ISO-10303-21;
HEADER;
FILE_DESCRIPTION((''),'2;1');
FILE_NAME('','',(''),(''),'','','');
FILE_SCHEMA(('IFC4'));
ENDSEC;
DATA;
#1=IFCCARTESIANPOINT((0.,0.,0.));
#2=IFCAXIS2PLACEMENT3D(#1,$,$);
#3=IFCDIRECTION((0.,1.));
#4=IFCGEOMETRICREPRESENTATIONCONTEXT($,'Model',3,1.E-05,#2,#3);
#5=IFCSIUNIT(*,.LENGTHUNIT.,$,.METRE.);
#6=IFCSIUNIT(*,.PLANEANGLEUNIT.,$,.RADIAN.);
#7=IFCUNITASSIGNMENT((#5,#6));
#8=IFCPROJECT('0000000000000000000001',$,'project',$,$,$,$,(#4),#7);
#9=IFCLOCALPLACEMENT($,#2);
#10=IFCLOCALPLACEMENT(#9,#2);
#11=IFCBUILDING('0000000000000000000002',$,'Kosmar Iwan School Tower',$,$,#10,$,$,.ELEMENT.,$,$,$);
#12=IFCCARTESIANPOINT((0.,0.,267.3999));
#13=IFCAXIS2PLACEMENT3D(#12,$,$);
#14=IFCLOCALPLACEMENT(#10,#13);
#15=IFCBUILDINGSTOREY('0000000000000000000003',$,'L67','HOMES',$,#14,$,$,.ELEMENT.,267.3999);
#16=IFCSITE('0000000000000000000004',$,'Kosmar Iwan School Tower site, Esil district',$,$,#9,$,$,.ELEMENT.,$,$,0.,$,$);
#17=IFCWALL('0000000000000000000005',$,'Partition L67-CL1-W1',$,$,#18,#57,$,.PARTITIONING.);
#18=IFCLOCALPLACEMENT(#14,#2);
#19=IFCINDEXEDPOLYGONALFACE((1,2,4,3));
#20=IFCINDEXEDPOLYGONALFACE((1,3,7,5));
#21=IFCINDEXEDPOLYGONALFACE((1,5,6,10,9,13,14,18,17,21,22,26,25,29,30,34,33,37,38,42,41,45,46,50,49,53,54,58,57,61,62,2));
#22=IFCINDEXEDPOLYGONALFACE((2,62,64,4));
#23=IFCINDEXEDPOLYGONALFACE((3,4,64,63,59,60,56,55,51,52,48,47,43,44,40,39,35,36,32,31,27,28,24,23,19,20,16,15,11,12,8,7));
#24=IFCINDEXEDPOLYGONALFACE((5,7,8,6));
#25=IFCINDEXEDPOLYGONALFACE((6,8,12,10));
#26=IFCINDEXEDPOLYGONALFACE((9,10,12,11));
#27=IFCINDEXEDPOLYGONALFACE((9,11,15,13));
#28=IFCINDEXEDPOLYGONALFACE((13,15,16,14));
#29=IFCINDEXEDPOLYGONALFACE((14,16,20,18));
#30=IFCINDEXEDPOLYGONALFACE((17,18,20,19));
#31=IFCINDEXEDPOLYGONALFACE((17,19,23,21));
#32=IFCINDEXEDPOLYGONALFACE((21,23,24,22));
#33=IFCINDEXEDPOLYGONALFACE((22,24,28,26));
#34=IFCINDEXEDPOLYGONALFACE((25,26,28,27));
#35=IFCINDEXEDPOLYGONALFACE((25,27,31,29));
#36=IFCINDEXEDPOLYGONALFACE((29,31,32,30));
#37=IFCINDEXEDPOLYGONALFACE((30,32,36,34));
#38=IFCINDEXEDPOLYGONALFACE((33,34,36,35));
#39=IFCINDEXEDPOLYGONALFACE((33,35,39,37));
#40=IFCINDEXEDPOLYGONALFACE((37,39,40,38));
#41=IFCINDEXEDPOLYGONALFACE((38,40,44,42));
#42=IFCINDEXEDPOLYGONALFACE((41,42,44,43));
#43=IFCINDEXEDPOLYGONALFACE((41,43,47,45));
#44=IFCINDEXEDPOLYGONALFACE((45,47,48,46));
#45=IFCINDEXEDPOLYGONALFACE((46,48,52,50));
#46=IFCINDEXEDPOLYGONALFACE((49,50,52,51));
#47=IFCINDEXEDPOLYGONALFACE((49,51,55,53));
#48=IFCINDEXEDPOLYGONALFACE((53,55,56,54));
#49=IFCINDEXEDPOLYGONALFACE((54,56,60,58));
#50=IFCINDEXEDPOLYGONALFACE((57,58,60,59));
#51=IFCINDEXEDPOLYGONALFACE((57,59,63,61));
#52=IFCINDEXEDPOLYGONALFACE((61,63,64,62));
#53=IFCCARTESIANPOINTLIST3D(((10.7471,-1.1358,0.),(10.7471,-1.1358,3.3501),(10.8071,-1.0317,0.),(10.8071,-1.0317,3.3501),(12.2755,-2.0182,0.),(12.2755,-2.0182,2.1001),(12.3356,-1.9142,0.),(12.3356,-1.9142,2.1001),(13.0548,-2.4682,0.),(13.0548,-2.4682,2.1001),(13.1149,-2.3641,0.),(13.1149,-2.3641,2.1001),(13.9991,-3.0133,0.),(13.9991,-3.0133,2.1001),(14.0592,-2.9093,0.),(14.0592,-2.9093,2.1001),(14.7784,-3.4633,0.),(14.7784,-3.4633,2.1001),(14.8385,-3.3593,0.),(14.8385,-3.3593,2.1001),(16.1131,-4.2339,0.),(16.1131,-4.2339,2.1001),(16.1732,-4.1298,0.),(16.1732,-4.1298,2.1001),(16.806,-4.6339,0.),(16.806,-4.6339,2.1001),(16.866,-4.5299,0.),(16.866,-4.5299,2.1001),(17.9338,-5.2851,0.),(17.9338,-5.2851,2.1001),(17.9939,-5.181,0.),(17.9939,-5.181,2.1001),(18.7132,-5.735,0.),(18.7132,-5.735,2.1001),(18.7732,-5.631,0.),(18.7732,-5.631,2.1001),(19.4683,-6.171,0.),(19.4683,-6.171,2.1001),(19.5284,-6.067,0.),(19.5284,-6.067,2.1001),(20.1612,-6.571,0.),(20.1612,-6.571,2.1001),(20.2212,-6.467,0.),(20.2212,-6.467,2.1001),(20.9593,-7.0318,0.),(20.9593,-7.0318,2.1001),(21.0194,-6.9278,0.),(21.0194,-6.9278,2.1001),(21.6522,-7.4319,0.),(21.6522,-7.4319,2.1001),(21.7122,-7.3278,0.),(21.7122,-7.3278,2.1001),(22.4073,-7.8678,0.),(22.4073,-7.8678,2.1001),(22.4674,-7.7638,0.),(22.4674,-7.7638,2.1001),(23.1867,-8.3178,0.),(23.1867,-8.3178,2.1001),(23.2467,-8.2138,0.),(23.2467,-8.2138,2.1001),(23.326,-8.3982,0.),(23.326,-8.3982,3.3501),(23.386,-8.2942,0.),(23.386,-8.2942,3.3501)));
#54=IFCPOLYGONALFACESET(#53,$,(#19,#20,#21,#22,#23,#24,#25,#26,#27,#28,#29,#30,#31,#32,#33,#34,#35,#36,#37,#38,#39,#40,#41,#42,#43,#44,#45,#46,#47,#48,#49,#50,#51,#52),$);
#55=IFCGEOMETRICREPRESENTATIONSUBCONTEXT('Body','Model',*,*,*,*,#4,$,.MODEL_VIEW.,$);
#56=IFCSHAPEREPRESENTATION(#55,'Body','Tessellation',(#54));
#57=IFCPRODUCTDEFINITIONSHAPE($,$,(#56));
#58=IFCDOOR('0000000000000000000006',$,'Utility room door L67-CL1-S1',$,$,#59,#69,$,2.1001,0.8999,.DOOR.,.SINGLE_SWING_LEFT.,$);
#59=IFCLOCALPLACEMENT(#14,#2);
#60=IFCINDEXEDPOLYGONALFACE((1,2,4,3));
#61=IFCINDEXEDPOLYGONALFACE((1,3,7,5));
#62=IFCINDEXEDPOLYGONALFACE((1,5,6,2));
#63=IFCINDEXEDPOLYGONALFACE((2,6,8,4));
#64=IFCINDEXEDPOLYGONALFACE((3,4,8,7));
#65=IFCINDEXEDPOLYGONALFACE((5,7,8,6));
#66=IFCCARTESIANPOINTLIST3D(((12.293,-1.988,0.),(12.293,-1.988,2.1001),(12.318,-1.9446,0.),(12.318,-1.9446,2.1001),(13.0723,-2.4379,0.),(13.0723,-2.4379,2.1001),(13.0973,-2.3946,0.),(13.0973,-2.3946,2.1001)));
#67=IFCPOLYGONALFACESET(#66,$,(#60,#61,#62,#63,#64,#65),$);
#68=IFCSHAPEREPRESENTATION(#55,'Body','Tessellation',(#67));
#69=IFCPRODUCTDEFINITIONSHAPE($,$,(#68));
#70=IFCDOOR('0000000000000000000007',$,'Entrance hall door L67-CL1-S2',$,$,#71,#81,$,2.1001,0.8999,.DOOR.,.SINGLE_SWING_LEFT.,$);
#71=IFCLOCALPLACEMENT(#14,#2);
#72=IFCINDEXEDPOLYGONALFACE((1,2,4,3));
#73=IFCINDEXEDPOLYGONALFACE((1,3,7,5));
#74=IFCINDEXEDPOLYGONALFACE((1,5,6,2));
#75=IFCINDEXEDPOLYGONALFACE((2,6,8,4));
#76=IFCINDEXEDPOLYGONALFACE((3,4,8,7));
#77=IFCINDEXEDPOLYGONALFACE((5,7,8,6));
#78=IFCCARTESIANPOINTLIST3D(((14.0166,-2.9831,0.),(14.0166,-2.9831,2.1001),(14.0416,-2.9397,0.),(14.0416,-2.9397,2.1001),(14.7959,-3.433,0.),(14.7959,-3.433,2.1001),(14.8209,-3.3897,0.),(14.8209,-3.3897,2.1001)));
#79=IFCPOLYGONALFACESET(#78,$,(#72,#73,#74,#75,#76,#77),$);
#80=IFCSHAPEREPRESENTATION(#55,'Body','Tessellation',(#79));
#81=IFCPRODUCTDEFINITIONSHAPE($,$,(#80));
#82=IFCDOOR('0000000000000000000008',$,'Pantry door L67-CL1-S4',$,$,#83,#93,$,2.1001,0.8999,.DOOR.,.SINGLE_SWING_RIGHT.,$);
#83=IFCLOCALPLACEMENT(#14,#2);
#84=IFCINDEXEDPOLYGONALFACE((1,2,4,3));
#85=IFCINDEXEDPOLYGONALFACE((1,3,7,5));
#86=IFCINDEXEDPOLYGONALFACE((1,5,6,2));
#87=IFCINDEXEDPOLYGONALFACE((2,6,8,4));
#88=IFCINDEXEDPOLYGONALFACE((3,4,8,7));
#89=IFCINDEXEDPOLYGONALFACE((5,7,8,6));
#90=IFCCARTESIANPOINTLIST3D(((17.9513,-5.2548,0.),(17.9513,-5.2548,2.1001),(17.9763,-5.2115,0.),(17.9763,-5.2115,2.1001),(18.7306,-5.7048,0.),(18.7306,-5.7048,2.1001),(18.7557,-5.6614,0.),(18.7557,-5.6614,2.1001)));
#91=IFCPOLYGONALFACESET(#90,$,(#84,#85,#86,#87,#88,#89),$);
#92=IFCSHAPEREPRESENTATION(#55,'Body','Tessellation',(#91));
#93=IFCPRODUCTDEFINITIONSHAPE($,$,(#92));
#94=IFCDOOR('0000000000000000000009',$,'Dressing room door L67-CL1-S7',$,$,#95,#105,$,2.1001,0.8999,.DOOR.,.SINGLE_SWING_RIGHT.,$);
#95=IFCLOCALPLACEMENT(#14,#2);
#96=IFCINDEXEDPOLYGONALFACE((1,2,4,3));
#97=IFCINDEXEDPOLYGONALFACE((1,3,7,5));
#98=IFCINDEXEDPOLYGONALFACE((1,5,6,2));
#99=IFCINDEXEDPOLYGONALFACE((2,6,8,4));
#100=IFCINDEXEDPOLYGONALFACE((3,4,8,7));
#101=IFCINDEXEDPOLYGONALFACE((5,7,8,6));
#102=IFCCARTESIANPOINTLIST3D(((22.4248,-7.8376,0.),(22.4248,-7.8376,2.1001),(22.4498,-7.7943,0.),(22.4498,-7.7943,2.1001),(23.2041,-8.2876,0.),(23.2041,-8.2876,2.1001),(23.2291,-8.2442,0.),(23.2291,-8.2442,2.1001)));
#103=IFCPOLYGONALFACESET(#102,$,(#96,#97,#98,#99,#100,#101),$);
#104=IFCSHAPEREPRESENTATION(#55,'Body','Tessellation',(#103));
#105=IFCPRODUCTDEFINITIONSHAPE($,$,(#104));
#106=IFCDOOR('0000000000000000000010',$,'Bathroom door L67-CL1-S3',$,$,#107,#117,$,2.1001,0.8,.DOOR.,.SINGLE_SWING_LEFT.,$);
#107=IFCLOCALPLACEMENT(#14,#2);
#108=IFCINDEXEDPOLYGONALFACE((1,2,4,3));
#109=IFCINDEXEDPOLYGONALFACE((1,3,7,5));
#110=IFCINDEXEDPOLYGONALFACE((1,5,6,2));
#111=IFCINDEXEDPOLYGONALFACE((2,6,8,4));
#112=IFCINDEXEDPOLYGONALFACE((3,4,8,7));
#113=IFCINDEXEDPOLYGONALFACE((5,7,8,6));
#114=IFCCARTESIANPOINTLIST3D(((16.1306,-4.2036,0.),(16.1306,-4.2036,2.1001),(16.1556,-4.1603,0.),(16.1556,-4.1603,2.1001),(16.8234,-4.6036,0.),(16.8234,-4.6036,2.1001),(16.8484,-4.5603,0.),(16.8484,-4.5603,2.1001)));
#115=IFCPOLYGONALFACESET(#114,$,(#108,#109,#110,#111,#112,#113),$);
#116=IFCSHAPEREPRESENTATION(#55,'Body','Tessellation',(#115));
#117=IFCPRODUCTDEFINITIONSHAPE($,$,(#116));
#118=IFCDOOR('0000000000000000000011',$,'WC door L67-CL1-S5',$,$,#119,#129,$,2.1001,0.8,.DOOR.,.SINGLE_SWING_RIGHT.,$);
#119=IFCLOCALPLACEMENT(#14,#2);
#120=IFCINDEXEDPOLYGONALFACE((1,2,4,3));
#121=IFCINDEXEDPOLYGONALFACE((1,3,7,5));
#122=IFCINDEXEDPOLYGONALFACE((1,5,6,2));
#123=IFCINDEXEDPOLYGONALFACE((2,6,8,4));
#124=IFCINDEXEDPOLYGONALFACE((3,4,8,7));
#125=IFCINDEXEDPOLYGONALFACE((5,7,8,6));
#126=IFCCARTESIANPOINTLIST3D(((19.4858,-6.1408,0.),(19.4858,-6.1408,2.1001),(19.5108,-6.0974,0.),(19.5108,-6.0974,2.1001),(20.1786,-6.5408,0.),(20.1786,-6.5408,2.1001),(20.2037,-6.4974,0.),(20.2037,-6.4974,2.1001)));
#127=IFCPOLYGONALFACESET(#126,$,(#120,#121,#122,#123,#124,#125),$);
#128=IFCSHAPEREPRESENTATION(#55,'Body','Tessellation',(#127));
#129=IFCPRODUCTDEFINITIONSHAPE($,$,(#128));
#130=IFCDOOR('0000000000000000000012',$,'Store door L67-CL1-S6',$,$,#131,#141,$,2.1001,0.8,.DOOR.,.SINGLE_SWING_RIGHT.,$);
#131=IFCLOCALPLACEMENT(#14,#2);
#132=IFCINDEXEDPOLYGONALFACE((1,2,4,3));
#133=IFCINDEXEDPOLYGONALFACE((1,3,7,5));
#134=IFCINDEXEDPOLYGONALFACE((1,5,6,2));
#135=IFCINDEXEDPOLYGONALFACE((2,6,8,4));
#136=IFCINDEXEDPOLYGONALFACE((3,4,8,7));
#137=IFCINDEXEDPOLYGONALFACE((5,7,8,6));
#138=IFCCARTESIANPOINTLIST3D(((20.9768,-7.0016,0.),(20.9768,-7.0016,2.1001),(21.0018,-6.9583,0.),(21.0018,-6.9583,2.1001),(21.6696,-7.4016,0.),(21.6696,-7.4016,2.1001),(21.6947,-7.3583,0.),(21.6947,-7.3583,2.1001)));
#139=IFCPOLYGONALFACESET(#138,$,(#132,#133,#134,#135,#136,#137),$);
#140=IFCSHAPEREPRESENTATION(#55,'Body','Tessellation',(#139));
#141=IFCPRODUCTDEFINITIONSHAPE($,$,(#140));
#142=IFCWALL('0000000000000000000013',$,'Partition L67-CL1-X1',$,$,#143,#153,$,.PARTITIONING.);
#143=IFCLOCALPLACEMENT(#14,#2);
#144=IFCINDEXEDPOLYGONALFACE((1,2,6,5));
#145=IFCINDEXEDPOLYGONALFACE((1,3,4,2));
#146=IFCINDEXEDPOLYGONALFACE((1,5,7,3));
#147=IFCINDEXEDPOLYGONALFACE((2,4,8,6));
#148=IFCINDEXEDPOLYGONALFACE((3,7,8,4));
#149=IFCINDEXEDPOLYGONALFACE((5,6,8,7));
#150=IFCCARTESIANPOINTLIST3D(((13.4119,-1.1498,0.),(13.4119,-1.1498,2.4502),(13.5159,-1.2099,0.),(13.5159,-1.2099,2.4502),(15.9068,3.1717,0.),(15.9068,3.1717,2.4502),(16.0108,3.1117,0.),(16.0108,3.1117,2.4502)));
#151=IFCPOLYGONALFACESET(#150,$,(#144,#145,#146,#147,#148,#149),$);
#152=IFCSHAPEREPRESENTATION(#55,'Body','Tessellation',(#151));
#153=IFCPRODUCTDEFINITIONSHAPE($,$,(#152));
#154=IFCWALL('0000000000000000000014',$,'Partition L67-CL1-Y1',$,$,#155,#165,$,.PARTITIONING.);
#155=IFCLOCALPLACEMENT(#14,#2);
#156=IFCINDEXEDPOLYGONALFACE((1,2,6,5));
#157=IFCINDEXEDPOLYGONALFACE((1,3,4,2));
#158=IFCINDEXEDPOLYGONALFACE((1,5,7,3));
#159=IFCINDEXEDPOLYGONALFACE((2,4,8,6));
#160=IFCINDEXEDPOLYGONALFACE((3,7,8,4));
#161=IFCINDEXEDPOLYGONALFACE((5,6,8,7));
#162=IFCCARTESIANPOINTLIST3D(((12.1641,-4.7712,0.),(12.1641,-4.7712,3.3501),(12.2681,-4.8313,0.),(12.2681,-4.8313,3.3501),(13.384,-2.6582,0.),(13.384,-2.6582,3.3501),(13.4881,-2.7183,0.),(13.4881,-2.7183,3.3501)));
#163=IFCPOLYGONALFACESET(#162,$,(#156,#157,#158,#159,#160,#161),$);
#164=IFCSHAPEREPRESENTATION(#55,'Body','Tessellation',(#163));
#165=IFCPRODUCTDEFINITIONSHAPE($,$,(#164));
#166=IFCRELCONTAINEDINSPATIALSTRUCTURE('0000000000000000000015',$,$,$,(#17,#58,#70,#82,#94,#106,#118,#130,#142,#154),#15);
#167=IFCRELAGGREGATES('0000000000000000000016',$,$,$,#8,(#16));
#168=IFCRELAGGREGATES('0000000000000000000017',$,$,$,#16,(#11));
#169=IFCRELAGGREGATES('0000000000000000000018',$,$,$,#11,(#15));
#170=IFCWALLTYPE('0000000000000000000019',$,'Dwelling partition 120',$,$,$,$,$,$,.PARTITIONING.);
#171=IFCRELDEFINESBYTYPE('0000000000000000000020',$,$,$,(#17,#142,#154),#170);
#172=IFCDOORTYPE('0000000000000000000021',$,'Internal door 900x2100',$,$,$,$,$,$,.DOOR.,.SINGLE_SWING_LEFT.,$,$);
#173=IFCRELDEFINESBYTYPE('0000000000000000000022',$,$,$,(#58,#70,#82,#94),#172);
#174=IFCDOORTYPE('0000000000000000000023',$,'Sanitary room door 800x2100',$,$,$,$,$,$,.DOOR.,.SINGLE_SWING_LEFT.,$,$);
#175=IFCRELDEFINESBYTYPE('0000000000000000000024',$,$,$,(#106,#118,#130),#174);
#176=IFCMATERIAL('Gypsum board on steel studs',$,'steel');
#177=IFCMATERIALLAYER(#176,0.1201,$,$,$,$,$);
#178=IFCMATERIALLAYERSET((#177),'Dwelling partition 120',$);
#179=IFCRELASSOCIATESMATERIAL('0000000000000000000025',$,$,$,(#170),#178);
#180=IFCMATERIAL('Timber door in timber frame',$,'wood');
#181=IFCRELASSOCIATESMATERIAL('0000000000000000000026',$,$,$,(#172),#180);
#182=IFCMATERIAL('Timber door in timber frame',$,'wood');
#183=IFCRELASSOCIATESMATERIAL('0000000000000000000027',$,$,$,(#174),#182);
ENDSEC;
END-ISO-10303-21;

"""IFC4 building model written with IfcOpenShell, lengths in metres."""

from ifc_helpers import new_model, si_unit, direction, frame, frame_2d, origin, place, context, subcontext, project, spatial, rectangle, extrude, material, layer, layer_set, type_object, element, fill, save


model = new_model("IFC4")

# Units and contexts
model_context = context("Model", 3, precision=1e-05, world=origin(), true_north=direction((0.0, 1.0)))
body_context = subcontext(model_context, "Body", "Model", "MODEL_VIEW")
ifc_project = project(units=[si_unit("LENGTHUNIT", "METRE"), si_unit("PLANEANGLEUNIT", "RADIAN")], contexts=[model_context])

# Site, building, storey
site_placement = place(None, origin())
site = spatial("IfcSite", under=ifc_project, at=site_placement, Name="Kosmar Iwan School Tower site, Esil district", CompositionType="ELEMENT", RefElevation=0.0)
building_placement = place(site_placement, origin())
building = spatial("IfcBuilding", under=site, at=building_placement, Name="Kosmar Iwan School Tower", CompositionType="ELEMENT")
storey_placement = place(building_placement, frame((0.0, 0.0, 267.3999)))
storey = spatial("IfcBuildingStorey", under=building, at=storey_placement, Name="L67", Description="HOMES", CompositionType="ELEMENT", Elevation=267.3999)

# Wall, openings, doors
ifc_material_1 = material(Name="Gypsum board on steel studs", Category="steel")
ifc_layer_1 = layer(ifc_material_1, 0.1201)
ifc_layer_set_1 = layer_set([ifc_layer_1], Name="Dwelling partition 120")
wall_type_1 = type_object("IfcWallType", Name="Dwelling partition 120", PredefinedType="PARTITIONING", material=ifc_layer_set_1)
wall_1_placement = place(storey_placement, frame((10.7771, -1.0837, 0.0), z_axis=(0.0, 0.0, 1.0), x_axis=(0.866024, -0.500002, 0.0)))
wall_1 = element("IfcWall", 1, at=wall_1_placement, inside=storey, type_object=wall_type_1, Name="Partition L67-CL1-W1", PredefinedType="PARTITIONING", context=body_context, shape_type="SweptSolid", body=[
    extrude(rectangle(XDim=14.5249, YDim=0.1201, at=frame_2d((7.2625, 0.0))), origin(), (0.0, 0.0, 1.0), 3.3501),
])
opening_1_placement = place(wall_1_placement, frame((1.7649, 0.0, 0.0)))
opening_1 = element("IfcOpeningElement", 2, at=opening_1_placement, cuts=wall_1, PredefinedType="OPENING", context=body_context, shape_type="SweptSolid", body=[
    extrude(rectangle(XDim=0.8999, YDim=2.1001, at=frame_2d((0.45, 1.05))), frame((0.0, 0.072, 0.0), z_axis=(0.0, -1.0, 0.0), x_axis=(1.0, 0.0, 0.0)), (0.0, 0.0, 1.0), 0.144),
])
opening_2_placement = place(wall_1_placement, frame((3.7551, 0.0, 0.0)))
opening_2 = element("IfcOpeningElement", 3, at=opening_2_placement, cuts=wall_1, PredefinedType="OPENING", context=body_context, shape_type="SweptSolid", body=[
    extrude(rectangle(XDim=0.8999, YDim=2.1001, at=frame_2d((0.45, 1.05))), frame((0.0, 0.072, 0.0), z_axis=(0.0, -1.0, 0.0), x_axis=(1.0, 0.0, 0.0)), (0.0, 0.0, 1.0), 0.144),
])
opening_3_placement = place(wall_1_placement, frame((6.1963, 0.0, 0.0)))
opening_3 = element("IfcOpeningElement", 4, at=opening_3_placement, cuts=wall_1, PredefinedType="OPENING", context=body_context, shape_type="SweptSolid", body=[
    extrude(rectangle(XDim=0.8, YDim=2.1001, at=frame_2d((0.3999, 1.05))), frame((0.0, 0.072, 0.0), z_axis=(0.0, -1.0, 0.0), x_axis=(1.0, 0.0, 0.0)), (0.0, 0.0, 1.0), 0.144),
])
opening_4_placement = place(wall_1_placement, frame((8.2986, 0.0, 0.0)))
opening_4 = element("IfcOpeningElement", 5, at=opening_4_placement, cuts=wall_1, PredefinedType="OPENING", context=body_context, shape_type="SweptSolid", body=[
    extrude(rectangle(XDim=0.8999, YDim=2.1001, at=frame_2d((0.45, 1.05))), frame((0.0, 0.072, 0.0), z_axis=(0.0, -1.0, 0.0), x_axis=(1.0, 0.0, 0.0)), (0.0, 0.0, 1.0), 0.144),
])
opening_5_placement = place(wall_1_placement, frame((10.0706, 0.0, 0.0)))
opening_5 = element("IfcOpeningElement", 6, at=opening_5_placement, cuts=wall_1, PredefinedType="OPENING", context=body_context, shape_type="SweptSolid", body=[
    extrude(rectangle(XDim=0.8, YDim=2.1001, at=frame_2d((0.3999, 1.05))), frame((0.0, 0.072, 0.0), z_axis=(0.0, -1.0, 0.0), x_axis=(1.0, 0.0, 0.0)), (0.0, 0.0, 1.0), 0.144),
])
opening_6_placement = place(wall_1_placement, frame((11.7922, 0.0, 0.0)))
opening_6 = element("IfcOpeningElement", 7, at=opening_6_placement, cuts=wall_1, PredefinedType="OPENING", context=body_context, shape_type="SweptSolid", body=[
    extrude(rectangle(XDim=0.8, YDim=2.1001, at=frame_2d((0.3999, 1.05))), frame((0.0, 0.072, 0.0), z_axis=(0.0, -1.0, 0.0), x_axis=(1.0, 0.0, 0.0)), (0.0, 0.0, 1.0), 0.144),
])
opening_7_placement = place(wall_1_placement, frame((13.4641, 0.0, 0.0)))
opening_7 = element("IfcOpeningElement", 8, at=opening_7_placement, cuts=wall_1, PredefinedType="OPENING", context=body_context, shape_type="SweptSolid", body=[
    extrude(rectangle(XDim=0.8999, YDim=2.1001, at=frame_2d((0.45, 1.05))), frame((0.0, 0.072, 0.0), z_axis=(0.0, -1.0, 0.0), x_axis=(1.0, 0.0, 0.0)), (0.0, 0.0, 1.0), 0.144),
])
ifc_material_2 = material(Name="Timber door in timber frame", Category="wood")
door_type_1 = type_object("IfcDoorType", Name="Internal door 900x2100", OperationType="SINGLE_SWING_LEFT", PredefinedType="DOOR", material=ifc_material_2)
door_1_placement = place(opening_1_placement, origin())
door_1 = element("IfcDoor", 9, at=door_1_placement, inside=storey, type_object=door_type_1, Name="Utility room door L67-CL1-S1", OperationType="SINGLE_SWING_LEFT", OverallHeight=2.1001, OverallWidth=0.8999, PredefinedType="DOOR", context=body_context, shape_type="SweptSolid", body=[
    extrude(rectangle(XDim=0.8999, YDim=2.1001, at=frame_2d((0.45, 1.05))), frame((0.0, 0.0249, 0.0), z_axis=(0.0, -1.0, 0.0), x_axis=(1.0, 0.0, 0.0)), (0.0, 0.0, 1.0), 0.05),
])
fill(opening_1, door_1)
door_2_placement = place(opening_2_placement, origin())
door_2 = element("IfcDoor", 10, at=door_2_placement, inside=storey, type_object=door_type_1, Name="Entrance hall door L67-CL1-S2", OperationType="SINGLE_SWING_LEFT", OverallHeight=2.1001, OverallWidth=0.8999, PredefinedType="DOOR", context=body_context, shape_type="SweptSolid", body=[
    extrude(rectangle(XDim=0.8999, YDim=2.1001, at=frame_2d((0.45, 1.05))), frame((0.0, 0.0249, 0.0), z_axis=(0.0, -1.0, 0.0), x_axis=(1.0, 0.0, 0.0)), (0.0, 0.0, 1.0), 0.05),
])
fill(opening_2, door_2)
door_3_placement = place(opening_4_placement, origin())
door_3 = element("IfcDoor", 11, at=door_3_placement, inside=storey, type_object=door_type_1, Name="Pantry door L67-CL1-S4", OperationType="SINGLE_SWING_RIGHT", OverallHeight=2.1001, OverallWidth=0.8999, PredefinedType="DOOR", context=body_context, shape_type="SweptSolid", body=[
    extrude(rectangle(XDim=0.8999, YDim=2.1001, at=frame_2d((0.45, 1.05))), frame((0.0, 0.0249, 0.0), z_axis=(0.0, -1.0, 0.0), x_axis=(1.0, 0.0, 0.0)), (0.0, 0.0, 1.0), 0.05),
])
fill(opening_4, door_3)
door_4_placement = place(opening_7_placement, origin())
door_4 = element("IfcDoor", 12, at=door_4_placement, inside=storey, type_object=door_type_1, Name="Dressing room door L67-CL1-S7", OperationType="SINGLE_SWING_RIGHT", OverallHeight=2.1001, OverallWidth=0.8999, PredefinedType="DOOR", context=body_context, shape_type="SweptSolid", body=[
    extrude(rectangle(XDim=0.8999, YDim=2.1001, at=frame_2d((0.45, 1.05))), frame((0.0, 0.0249, 0.0), z_axis=(0.0, -1.0, 0.0), x_axis=(1.0, 0.0, 0.0)), (0.0, 0.0, 1.0), 0.05),
])
fill(opening_7, door_4)
ifc_material_3 = material(Name="Timber door in timber frame", Category="wood")
door_type_2 = type_object("IfcDoorType", Name="Sanitary room door 800x2100", OperationType="SINGLE_SWING_LEFT", PredefinedType="DOOR", material=ifc_material_3)
door_5_placement = place(opening_3_placement, origin())
door_5 = element("IfcDoor", 13, at=door_5_placement, inside=storey, type_object=door_type_2, Name="Bathroom door L67-CL1-S3", OperationType="SINGLE_SWING_LEFT", OverallHeight=2.1001, OverallWidth=0.8, PredefinedType="DOOR", context=body_context, shape_type="SweptSolid", body=[
    extrude(rectangle(XDim=0.8, YDim=2.1001, at=frame_2d((0.3999, 1.05))), frame((0.0, 0.0249, 0.0), z_axis=(0.0, -1.0, 0.0), x_axis=(1.0, 0.0, 0.0)), (0.0, 0.0, 1.0), 0.05),
])
fill(opening_3, door_5)
door_6_placement = place(opening_5_placement, origin())
door_6 = element("IfcDoor", 14, at=door_6_placement, inside=storey, type_object=door_type_2, Name="WC door L67-CL1-S5", OperationType="SINGLE_SWING_RIGHT", OverallHeight=2.1001, OverallWidth=0.8, PredefinedType="DOOR", context=body_context, shape_type="SweptSolid", body=[
    extrude(rectangle(XDim=0.8, YDim=2.1001, at=frame_2d((0.3999, 1.05))), frame((0.0, 0.0249, 0.0), z_axis=(0.0, -1.0, 0.0), x_axis=(1.0, 0.0, 0.0)), (0.0, 0.0, 1.0), 0.05),
])
fill(opening_5, door_6)
door_7_placement = place(opening_6_placement, origin())
door_7 = element("IfcDoor", 15, at=door_7_placement, inside=storey, type_object=door_type_2, Name="Store door L67-CL1-S6", OperationType="SINGLE_SWING_RIGHT", OverallHeight=2.1001, OverallWidth=0.8, PredefinedType="DOOR", context=body_context, shape_type="SweptSolid", body=[
    extrude(rectangle(XDim=0.8, YDim=2.1001, at=frame_2d((0.3999, 1.05))), frame((0.0, 0.0249, 0.0), z_axis=(0.0, -1.0, 0.0), x_axis=(1.0, 0.0, 0.0)), (0.0, 0.0, 1.0), 0.05),
])
fill(opening_6, door_7)

# Walls
wall_2_placement = place(storey_placement, frame((13.4639, -1.1799, 0.0), z_axis=(0.0, 0.0, 1.0), x_axis=(0.499975, 0.86604, 0.0)))
element("IfcWall", 16, at=wall_2_placement, inside=storey, type_object=wall_type_1, Name="Partition L67-CL1-X1", PredefinedType="PARTITIONING", context=body_context, shape_type="SweptSolid", body=[
    extrude(rectangle(XDim=4.99, YDim=0.1201, at=frame_2d((2.4951, 0.0))), origin(), (0.0, 0.0, 1.0), 2.4502),
])
for number, where, z_axis, x_axis, name in (
    (17, (12.2161, -4.8013, 0.0), (0.0, 0.0, 1.0), (0.500003, 0.866024, 0.0), "Partition L67-CL1-Y1"),
):
    element("IfcWall", number, at=place(storey_placement, frame(where, z_axis=z_axis, x_axis=x_axis)), inside=storey, type_object=wall_type_1, Name=name, PredefinedType="PARTITIONING", context=body_context, shape_type="SweptSolid", body=[
        extrude(rectangle(XDim=2.4399, YDim=0.1201, at=frame_2d((1.22, 0.0))), origin(), (0.0, 0.0, 1.0), 3.3501),
    ])

save(model, "model.ifc")
